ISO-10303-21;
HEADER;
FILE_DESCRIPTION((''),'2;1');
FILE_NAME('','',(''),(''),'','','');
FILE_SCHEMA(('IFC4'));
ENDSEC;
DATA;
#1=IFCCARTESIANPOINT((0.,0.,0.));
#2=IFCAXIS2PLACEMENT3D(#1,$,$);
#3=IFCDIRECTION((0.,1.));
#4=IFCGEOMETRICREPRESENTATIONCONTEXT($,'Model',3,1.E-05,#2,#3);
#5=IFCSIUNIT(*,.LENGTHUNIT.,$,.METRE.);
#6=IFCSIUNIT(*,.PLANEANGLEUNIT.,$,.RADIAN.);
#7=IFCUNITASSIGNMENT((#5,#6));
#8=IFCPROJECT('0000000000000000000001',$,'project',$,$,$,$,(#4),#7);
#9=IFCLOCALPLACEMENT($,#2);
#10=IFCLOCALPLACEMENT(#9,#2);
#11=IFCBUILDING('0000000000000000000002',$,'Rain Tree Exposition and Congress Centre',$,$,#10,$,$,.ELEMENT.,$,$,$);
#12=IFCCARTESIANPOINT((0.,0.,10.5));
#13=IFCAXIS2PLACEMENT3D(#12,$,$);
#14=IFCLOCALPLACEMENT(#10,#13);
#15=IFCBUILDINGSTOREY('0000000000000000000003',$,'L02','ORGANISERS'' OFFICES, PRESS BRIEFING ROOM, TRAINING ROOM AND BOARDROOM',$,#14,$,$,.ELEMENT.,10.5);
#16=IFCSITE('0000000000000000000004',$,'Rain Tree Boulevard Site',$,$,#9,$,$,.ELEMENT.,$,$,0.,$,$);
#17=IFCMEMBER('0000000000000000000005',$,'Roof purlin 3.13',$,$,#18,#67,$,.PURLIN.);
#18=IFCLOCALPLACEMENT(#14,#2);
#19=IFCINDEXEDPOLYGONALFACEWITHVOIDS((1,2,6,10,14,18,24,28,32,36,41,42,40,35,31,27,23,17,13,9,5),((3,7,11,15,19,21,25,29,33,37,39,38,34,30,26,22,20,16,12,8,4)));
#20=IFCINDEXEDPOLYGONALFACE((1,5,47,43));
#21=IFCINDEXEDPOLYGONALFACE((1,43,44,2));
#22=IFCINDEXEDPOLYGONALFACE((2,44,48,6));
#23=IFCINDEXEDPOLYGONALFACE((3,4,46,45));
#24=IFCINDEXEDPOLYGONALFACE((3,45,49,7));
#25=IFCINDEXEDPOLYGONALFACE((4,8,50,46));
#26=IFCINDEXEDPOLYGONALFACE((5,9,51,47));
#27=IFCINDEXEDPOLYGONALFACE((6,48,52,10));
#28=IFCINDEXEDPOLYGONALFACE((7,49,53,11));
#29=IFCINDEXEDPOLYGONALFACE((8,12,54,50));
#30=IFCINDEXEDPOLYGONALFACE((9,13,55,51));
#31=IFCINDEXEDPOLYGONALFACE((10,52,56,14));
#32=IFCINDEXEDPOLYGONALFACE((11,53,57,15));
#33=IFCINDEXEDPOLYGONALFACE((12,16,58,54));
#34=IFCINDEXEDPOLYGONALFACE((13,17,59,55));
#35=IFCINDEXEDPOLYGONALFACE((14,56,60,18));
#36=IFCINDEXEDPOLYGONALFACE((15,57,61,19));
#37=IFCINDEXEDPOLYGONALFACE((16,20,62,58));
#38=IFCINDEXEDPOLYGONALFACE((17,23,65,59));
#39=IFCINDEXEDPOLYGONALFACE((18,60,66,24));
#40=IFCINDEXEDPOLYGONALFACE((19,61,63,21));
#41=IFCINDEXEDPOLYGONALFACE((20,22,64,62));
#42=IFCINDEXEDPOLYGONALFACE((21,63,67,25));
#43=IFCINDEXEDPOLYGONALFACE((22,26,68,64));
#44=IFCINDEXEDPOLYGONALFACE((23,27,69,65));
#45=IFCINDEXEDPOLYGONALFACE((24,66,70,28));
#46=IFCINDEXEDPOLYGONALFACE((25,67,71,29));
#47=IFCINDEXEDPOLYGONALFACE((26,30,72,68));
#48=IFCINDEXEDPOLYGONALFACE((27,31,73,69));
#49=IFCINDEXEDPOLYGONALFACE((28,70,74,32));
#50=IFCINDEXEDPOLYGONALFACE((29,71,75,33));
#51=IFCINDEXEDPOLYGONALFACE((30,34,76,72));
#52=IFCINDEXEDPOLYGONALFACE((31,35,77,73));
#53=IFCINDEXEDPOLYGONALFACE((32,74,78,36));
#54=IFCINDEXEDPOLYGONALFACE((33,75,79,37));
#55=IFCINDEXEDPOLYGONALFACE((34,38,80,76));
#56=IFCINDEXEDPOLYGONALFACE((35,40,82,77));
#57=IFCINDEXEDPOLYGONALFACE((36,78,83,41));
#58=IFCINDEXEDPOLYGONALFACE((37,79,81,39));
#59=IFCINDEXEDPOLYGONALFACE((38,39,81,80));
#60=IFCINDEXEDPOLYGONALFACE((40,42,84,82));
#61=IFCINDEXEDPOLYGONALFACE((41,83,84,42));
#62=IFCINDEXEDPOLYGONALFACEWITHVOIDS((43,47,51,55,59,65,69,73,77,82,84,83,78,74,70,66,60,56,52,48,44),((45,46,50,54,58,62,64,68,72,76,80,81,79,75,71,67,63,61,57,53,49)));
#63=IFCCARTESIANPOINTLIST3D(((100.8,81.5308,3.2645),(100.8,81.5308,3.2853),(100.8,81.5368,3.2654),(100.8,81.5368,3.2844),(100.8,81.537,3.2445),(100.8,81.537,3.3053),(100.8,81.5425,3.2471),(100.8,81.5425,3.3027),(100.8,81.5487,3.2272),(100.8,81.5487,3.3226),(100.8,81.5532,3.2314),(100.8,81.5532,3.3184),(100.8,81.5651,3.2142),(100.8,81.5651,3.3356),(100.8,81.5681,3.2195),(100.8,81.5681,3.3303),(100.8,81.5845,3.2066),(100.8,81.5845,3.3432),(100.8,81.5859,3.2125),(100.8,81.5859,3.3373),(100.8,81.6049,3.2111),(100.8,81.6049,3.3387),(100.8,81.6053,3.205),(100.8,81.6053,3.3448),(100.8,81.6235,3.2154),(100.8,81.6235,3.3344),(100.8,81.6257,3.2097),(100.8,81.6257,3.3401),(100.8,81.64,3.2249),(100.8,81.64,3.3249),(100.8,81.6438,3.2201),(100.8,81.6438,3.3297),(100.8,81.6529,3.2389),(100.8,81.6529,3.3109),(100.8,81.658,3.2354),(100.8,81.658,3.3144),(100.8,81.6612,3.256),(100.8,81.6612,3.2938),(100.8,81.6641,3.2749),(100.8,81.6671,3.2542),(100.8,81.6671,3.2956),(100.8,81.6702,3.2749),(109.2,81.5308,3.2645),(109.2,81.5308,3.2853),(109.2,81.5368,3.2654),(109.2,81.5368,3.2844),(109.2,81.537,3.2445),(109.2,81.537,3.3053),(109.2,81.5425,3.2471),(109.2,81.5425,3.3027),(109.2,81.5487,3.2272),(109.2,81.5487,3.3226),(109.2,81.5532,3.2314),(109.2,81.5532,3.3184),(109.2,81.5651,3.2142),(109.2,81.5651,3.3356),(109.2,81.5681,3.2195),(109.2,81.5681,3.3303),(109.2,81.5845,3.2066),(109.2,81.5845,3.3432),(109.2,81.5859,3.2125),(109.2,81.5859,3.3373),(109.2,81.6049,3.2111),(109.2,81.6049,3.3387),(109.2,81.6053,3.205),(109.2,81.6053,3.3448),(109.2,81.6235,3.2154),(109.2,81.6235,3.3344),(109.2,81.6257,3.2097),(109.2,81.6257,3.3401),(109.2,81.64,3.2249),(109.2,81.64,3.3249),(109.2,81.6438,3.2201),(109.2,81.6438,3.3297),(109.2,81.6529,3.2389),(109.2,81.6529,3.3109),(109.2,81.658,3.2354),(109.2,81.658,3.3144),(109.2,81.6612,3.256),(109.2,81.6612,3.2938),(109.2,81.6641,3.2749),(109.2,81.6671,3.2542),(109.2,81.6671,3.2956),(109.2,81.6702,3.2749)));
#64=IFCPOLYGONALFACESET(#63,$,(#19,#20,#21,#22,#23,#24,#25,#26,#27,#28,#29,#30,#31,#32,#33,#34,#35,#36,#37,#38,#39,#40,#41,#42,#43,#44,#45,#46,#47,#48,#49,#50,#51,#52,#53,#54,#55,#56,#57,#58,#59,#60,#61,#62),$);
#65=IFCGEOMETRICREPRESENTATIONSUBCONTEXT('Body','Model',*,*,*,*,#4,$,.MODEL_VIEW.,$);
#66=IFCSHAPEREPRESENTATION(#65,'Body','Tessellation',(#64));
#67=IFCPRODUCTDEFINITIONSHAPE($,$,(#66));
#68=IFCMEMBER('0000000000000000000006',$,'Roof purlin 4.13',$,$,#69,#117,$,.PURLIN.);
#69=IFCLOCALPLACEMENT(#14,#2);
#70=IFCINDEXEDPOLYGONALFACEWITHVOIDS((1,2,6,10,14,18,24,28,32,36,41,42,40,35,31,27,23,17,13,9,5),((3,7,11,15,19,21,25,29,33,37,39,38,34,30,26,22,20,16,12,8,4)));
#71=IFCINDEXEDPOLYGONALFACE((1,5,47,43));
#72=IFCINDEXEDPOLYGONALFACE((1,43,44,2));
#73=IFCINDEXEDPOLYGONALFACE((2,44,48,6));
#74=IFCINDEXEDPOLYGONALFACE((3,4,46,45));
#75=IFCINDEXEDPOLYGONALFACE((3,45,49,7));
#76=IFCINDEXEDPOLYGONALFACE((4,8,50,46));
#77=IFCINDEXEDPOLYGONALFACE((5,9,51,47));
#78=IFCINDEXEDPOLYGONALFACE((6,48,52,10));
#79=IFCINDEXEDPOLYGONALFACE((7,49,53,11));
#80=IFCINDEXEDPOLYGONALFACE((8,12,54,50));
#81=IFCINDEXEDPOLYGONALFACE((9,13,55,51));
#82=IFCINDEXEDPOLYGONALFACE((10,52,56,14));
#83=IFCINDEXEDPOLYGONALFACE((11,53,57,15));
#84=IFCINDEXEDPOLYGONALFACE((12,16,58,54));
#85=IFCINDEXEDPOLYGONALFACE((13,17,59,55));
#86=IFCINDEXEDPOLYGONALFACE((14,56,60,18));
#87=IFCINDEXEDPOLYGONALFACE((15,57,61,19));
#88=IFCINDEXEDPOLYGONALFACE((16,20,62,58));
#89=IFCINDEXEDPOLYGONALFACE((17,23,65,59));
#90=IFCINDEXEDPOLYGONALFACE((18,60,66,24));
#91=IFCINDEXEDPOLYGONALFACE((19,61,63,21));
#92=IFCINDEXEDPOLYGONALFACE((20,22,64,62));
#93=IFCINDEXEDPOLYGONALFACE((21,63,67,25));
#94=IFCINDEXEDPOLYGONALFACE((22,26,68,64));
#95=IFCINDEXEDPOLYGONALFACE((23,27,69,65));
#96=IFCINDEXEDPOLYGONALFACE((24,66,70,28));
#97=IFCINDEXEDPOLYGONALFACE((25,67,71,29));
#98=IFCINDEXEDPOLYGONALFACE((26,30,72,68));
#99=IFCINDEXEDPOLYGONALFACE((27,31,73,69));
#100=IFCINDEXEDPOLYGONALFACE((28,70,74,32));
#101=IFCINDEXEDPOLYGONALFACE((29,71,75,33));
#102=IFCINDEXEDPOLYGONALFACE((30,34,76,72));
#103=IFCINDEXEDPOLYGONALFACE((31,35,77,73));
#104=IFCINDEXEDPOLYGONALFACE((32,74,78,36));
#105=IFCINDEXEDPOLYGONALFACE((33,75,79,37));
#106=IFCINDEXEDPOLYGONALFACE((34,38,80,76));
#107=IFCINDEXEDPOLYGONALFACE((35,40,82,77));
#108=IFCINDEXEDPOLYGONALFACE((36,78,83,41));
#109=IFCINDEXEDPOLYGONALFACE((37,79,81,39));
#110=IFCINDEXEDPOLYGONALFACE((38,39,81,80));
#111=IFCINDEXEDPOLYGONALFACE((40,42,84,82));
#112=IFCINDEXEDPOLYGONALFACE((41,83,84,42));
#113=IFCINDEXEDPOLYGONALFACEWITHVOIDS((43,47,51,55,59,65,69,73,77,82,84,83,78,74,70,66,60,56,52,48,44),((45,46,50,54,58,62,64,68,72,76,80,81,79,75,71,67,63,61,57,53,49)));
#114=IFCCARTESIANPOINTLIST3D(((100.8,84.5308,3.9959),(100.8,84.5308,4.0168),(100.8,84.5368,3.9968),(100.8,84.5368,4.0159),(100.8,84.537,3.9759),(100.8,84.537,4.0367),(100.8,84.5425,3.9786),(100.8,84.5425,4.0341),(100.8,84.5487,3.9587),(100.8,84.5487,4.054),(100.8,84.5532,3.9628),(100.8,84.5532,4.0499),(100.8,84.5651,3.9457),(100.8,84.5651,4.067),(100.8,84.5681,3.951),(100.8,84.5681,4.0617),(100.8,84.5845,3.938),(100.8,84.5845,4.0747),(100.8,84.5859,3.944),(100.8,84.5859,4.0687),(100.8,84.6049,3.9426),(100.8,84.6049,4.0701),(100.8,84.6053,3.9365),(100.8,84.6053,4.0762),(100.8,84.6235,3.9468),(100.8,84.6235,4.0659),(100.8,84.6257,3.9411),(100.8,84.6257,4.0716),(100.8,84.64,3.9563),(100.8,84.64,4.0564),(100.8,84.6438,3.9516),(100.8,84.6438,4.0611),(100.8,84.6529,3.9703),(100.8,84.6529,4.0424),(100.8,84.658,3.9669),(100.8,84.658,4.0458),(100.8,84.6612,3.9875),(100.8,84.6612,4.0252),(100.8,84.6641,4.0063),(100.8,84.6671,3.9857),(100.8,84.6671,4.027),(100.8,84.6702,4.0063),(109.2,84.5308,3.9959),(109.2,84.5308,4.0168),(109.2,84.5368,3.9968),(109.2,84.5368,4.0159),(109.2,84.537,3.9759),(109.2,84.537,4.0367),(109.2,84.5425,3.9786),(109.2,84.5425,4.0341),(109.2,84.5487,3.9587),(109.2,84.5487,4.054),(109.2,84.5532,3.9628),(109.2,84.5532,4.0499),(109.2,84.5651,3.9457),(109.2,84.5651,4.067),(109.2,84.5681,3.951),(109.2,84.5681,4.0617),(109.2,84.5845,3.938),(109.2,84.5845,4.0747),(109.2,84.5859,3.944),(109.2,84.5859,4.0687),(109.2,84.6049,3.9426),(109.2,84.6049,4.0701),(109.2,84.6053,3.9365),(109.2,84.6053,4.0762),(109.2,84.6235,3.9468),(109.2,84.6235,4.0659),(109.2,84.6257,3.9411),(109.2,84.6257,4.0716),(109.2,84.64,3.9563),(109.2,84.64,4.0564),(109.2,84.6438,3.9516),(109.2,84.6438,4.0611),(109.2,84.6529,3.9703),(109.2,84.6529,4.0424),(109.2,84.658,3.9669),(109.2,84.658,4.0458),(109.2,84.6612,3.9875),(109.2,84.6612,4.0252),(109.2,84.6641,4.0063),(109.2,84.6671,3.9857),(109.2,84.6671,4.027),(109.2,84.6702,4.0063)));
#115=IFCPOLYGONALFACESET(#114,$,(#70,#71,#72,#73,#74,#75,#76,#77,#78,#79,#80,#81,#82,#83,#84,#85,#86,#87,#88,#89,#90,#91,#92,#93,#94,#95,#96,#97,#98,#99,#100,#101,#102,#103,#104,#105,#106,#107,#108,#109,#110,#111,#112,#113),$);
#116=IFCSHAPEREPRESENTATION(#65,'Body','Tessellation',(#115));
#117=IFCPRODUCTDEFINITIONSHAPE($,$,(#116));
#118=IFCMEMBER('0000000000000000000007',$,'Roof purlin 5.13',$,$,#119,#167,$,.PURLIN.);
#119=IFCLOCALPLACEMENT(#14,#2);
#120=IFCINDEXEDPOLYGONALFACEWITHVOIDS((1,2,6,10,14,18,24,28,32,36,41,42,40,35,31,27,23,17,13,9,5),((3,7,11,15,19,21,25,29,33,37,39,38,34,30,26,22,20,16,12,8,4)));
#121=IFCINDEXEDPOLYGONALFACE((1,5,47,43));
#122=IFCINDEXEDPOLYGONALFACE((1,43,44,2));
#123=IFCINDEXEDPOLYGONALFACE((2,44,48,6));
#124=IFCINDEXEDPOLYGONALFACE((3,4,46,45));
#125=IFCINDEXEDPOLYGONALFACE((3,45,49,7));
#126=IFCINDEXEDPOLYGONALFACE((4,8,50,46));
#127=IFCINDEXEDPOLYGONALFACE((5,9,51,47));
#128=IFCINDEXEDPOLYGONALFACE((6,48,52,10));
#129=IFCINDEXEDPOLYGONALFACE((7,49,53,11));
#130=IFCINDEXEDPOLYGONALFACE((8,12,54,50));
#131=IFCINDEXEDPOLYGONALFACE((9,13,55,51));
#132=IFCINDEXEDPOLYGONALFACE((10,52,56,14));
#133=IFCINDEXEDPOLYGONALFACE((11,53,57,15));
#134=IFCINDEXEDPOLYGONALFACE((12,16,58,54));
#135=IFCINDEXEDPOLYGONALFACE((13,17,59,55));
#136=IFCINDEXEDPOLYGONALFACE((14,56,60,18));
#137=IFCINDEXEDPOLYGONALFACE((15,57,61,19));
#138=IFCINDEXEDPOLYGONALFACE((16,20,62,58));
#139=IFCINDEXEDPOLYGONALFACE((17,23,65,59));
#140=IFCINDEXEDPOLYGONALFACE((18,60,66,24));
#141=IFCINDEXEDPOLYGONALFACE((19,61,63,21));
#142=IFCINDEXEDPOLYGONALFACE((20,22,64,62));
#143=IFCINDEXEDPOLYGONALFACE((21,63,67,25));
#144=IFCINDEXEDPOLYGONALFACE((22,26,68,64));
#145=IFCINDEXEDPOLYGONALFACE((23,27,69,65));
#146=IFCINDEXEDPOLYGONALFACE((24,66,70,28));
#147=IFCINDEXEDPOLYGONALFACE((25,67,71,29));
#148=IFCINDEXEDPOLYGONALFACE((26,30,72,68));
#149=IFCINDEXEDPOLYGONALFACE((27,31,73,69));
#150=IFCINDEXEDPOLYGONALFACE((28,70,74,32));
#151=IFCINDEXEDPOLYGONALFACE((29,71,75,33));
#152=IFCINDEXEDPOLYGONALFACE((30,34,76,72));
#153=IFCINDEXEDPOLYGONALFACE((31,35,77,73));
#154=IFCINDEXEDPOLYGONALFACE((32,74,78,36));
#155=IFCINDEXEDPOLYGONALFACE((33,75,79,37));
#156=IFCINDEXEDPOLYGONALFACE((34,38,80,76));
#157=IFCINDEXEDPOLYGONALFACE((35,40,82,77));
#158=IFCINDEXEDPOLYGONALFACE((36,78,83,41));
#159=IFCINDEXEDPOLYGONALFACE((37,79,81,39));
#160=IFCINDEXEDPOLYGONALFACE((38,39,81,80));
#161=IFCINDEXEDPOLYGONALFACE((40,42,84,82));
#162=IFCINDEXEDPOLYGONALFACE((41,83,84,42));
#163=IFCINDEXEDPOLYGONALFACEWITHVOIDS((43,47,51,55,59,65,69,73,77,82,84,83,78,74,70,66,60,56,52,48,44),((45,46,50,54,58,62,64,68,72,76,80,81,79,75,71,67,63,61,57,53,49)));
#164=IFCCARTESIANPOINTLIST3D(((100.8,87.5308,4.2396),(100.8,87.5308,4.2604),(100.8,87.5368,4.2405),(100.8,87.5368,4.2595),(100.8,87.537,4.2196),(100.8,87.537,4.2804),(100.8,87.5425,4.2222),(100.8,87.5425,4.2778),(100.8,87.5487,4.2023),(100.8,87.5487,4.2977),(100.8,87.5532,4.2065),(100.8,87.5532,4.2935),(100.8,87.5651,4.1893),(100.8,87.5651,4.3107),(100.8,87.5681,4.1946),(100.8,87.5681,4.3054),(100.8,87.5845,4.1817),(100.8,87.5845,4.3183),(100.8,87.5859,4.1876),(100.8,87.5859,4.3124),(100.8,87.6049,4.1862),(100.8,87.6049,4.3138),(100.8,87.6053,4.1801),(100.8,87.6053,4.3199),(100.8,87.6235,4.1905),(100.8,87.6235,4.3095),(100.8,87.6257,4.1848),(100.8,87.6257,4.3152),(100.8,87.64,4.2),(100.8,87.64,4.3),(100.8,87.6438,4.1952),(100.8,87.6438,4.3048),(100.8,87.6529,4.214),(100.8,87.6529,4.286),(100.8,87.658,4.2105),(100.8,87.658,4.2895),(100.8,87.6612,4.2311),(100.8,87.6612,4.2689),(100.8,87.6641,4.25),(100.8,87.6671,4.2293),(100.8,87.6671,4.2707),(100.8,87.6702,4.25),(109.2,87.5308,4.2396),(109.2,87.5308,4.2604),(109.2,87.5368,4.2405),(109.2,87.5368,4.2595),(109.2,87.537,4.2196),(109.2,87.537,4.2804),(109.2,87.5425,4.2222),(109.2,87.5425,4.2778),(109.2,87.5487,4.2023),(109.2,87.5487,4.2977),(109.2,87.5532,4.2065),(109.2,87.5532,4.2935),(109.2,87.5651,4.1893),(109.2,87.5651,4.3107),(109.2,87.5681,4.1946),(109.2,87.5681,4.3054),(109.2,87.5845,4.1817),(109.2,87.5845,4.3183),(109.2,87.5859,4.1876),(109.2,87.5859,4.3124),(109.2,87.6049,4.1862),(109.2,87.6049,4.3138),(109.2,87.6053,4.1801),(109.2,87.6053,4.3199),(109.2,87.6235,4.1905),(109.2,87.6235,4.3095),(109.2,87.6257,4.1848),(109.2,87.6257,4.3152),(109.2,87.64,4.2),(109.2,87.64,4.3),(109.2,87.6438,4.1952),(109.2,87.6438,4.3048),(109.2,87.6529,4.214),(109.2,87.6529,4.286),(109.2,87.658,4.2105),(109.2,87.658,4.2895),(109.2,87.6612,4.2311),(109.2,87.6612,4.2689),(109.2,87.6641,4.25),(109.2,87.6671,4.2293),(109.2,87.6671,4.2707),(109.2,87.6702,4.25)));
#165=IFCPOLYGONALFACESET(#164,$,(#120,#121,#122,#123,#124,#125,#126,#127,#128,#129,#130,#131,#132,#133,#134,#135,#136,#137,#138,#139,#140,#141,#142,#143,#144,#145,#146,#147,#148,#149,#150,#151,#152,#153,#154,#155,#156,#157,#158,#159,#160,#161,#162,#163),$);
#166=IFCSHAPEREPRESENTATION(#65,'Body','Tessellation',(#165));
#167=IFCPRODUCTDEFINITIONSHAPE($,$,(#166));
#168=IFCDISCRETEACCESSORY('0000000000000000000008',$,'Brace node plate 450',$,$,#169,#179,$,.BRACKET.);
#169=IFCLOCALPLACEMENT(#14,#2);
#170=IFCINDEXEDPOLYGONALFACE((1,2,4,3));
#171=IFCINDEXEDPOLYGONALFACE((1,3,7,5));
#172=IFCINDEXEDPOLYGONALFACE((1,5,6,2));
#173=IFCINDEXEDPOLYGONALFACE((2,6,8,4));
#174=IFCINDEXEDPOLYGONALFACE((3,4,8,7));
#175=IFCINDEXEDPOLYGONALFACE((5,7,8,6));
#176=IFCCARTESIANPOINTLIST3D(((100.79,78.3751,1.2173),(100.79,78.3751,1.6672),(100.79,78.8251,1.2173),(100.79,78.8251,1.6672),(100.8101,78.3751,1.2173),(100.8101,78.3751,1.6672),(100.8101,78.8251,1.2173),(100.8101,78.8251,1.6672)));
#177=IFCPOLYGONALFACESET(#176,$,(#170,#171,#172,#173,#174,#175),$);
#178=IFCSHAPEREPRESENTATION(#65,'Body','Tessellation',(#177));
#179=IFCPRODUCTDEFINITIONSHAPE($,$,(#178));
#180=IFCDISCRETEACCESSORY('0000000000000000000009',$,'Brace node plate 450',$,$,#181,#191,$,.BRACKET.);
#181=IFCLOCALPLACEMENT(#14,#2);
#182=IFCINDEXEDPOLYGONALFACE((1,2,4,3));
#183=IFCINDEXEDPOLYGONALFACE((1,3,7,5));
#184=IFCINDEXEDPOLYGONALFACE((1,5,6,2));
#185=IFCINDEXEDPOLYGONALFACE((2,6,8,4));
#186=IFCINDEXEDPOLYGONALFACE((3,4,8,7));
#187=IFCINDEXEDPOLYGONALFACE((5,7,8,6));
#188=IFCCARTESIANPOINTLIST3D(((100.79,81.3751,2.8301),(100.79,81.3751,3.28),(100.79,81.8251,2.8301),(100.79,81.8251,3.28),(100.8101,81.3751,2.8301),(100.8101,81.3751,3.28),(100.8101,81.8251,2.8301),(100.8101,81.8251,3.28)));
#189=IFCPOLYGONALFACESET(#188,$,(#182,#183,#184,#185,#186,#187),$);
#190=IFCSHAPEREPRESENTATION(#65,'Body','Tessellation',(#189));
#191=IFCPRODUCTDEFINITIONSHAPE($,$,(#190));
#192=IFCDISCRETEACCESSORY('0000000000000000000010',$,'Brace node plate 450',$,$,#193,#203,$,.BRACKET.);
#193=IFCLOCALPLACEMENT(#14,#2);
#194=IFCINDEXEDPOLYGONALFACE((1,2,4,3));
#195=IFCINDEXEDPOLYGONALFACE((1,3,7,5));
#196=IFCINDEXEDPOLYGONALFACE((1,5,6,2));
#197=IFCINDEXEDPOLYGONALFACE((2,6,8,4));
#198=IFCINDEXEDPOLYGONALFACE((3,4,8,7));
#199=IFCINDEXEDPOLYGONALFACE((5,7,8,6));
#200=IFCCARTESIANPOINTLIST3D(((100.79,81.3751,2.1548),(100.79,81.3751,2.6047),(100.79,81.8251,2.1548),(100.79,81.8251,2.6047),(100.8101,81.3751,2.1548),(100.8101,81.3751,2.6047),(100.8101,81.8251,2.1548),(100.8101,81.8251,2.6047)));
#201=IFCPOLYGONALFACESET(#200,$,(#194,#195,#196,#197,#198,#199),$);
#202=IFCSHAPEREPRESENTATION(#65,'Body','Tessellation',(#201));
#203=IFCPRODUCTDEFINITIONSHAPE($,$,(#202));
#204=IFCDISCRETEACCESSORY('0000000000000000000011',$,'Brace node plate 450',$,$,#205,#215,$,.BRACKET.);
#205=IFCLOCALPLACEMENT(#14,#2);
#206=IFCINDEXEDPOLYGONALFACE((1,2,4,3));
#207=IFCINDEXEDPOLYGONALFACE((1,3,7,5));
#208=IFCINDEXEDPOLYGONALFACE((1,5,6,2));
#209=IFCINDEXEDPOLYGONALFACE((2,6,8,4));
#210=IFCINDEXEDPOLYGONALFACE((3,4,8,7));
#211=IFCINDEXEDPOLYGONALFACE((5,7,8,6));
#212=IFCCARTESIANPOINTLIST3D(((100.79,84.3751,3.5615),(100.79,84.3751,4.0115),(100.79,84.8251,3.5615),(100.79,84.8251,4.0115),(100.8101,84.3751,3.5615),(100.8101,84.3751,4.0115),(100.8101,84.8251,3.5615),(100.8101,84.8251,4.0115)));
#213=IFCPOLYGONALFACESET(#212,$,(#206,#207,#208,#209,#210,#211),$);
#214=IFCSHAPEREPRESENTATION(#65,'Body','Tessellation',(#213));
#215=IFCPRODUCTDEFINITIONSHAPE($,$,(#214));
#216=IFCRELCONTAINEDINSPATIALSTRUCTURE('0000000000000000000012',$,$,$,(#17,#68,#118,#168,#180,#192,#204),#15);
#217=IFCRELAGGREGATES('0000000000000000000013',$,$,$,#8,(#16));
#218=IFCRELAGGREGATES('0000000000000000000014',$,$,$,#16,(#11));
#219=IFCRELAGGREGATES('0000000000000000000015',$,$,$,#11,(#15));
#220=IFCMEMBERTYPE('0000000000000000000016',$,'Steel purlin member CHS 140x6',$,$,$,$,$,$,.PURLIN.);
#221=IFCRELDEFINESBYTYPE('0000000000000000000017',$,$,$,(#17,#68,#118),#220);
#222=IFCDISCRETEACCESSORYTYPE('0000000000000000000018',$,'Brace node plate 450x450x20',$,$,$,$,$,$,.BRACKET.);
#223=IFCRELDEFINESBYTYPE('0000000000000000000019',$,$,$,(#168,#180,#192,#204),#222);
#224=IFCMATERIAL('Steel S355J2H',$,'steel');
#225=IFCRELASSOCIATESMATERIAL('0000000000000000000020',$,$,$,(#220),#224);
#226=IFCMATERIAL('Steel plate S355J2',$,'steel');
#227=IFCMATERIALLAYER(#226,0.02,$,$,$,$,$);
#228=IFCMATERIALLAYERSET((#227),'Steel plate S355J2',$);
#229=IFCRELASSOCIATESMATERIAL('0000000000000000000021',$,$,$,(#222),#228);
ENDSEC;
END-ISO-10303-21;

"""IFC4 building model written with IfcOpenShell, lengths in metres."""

from ifc_helpers import new_model, si_unit, direction, frame, origin, origin_2d, place, context, subcontext, project, spatial, rectangle, hollow_circle, extrude, material, layer, layer_set, material_profile, profile_set, type_object, element, save


model = new_model("IFC4")

# Units and contexts
model_context = context("Model", 3, precision=1e-05, world=origin(), true_north=direction((0.0, 1.0)))
body_context = subcontext(model_context, "Body", "Model", "MODEL_VIEW")
ifc_project = project(units=[si_unit("LENGTHUNIT", "METRE"), si_unit("PLANEANGLEUNIT", "RADIAN")], contexts=[model_context])

# Site, building, storey
site_placement = place(None, origin())
site = spatial("IfcSite", under=ifc_project, at=site_placement, Name="Rain Tree Boulevard Site", CompositionType="ELEMENT", RefElevation=0.0)
building_placement = place(site_placement, origin())
building = spatial("IfcBuilding", under=site, at=building_placement, Name="Rain Tree Exposition and Congress Centre", CompositionType="ELEMENT")
storey_placement = place(building_placement, frame((0.0, 0.0, 10.5)))
storey = spatial("IfcBuildingStorey", under=building, at=storey_placement, Name="L02", Description="ORGANISERS' OFFICES, PRESS BRIEFING ROOM, TRAINING ROOM AND BOARDROOM", CompositionType="ELEMENT", Elevation=10.5)

# Members
ifc_material_1 = material(Name="Steel S355J2H", Category="steel")
ifc_material_profile_1 = material_profile(ifc_material_1, hollow_circle(Radius=0.0701, WallThickness=0.0061, at=origin_2d()), Name="CHS 140x6")
ifc_profile_set_1 = profile_set([ifc_material_profile_1], Name="Steel S355J2H")
member_type_1 = type_object("IfcMemberType", Name="Steel purlin member CHS 140x6", PredefinedType="PURLIN", material=ifc_profile_set_1)
for number, where, z_axis, x_axis, name in (
    (1, (100.8, 81.6001, 3.2749), (1.0, 0.0, 0.0), (0.0, 1.0, 0.0), "Roof purlin 3.13"),
    (2, (100.8, 84.6001, 4.0063), (1.0, 0.0, 0.0), (0.0, 1.0, 0.0), "Roof purlin 4.13"),
    (3, (100.8, 87.6001, 4.25), (1.0, 0.0, 0.0), (0.0, 1.0, 0.0), "Roof purlin 5.13"),
):
    element("IfcMember", number, at=place(storey_placement, frame(where, z_axis=z_axis, x_axis=x_axis)), inside=storey, type_object=member_type_1, Name=name, PredefinedType="PURLIN", context=body_context, shape_type="SweptSolid", body=[
        extrude(hollow_circle(Radius=0.0701, WallThickness=0.0061, at=origin_2d()), origin(), (0.0, 0.0, 1.0), 8.3999),
    ])

# Discrete accessories
ifc_material_2 = material(Name="Steel plate S355J2", Category="steel")
ifc_layer = layer(ifc_material_2, 0.02)
ifc_layer_set = layer_set([ifc_layer], Name="Steel plate S355J2")
discrete_accessory_type = type_object("IfcDiscreteAccessoryType", Name="Brace node plate 450x450x20", PredefinedType="BRACKET", material=ifc_layer_set)
for number, where, z_axis, x_axis, name in (
    (4, (100.8, 78.6001, 1.2173), (0.0, 0.0, 1.0), (0.0, 1.0, 0.0), "Brace node plate 450"),
    (5, (100.8, 81.6001, 2.8301), (0.0, 0.0, 1.0), (0.0, -1.0, 0.0), "Brace node plate 450"),
    (6, (100.8, 81.6001, 2.1548), (0.0, 0.0, 1.0), (0.0, 1.0, 0.0), "Brace node plate 450"),
    (7, (100.8, 84.6001, 3.5615), (0.0, 0.0, 1.0), (0.0, -1.0, 0.0), "Brace node plate 450"),
):
    element("IfcDiscreteAccessory", number, at=place(storey_placement, frame(where, z_axis=z_axis, x_axis=x_axis)), inside=storey, type_object=discrete_accessory_type, Name=name, PredefinedType="BRACKET", context=body_context, shape_type="SweptSolid", body=[
        extrude(rectangle(XDim=0.45, YDim=0.02, at=origin_2d()), origin(), (0.0, 0.0, 1.0), 0.45),
    ])

save(model, "model.ifc")
